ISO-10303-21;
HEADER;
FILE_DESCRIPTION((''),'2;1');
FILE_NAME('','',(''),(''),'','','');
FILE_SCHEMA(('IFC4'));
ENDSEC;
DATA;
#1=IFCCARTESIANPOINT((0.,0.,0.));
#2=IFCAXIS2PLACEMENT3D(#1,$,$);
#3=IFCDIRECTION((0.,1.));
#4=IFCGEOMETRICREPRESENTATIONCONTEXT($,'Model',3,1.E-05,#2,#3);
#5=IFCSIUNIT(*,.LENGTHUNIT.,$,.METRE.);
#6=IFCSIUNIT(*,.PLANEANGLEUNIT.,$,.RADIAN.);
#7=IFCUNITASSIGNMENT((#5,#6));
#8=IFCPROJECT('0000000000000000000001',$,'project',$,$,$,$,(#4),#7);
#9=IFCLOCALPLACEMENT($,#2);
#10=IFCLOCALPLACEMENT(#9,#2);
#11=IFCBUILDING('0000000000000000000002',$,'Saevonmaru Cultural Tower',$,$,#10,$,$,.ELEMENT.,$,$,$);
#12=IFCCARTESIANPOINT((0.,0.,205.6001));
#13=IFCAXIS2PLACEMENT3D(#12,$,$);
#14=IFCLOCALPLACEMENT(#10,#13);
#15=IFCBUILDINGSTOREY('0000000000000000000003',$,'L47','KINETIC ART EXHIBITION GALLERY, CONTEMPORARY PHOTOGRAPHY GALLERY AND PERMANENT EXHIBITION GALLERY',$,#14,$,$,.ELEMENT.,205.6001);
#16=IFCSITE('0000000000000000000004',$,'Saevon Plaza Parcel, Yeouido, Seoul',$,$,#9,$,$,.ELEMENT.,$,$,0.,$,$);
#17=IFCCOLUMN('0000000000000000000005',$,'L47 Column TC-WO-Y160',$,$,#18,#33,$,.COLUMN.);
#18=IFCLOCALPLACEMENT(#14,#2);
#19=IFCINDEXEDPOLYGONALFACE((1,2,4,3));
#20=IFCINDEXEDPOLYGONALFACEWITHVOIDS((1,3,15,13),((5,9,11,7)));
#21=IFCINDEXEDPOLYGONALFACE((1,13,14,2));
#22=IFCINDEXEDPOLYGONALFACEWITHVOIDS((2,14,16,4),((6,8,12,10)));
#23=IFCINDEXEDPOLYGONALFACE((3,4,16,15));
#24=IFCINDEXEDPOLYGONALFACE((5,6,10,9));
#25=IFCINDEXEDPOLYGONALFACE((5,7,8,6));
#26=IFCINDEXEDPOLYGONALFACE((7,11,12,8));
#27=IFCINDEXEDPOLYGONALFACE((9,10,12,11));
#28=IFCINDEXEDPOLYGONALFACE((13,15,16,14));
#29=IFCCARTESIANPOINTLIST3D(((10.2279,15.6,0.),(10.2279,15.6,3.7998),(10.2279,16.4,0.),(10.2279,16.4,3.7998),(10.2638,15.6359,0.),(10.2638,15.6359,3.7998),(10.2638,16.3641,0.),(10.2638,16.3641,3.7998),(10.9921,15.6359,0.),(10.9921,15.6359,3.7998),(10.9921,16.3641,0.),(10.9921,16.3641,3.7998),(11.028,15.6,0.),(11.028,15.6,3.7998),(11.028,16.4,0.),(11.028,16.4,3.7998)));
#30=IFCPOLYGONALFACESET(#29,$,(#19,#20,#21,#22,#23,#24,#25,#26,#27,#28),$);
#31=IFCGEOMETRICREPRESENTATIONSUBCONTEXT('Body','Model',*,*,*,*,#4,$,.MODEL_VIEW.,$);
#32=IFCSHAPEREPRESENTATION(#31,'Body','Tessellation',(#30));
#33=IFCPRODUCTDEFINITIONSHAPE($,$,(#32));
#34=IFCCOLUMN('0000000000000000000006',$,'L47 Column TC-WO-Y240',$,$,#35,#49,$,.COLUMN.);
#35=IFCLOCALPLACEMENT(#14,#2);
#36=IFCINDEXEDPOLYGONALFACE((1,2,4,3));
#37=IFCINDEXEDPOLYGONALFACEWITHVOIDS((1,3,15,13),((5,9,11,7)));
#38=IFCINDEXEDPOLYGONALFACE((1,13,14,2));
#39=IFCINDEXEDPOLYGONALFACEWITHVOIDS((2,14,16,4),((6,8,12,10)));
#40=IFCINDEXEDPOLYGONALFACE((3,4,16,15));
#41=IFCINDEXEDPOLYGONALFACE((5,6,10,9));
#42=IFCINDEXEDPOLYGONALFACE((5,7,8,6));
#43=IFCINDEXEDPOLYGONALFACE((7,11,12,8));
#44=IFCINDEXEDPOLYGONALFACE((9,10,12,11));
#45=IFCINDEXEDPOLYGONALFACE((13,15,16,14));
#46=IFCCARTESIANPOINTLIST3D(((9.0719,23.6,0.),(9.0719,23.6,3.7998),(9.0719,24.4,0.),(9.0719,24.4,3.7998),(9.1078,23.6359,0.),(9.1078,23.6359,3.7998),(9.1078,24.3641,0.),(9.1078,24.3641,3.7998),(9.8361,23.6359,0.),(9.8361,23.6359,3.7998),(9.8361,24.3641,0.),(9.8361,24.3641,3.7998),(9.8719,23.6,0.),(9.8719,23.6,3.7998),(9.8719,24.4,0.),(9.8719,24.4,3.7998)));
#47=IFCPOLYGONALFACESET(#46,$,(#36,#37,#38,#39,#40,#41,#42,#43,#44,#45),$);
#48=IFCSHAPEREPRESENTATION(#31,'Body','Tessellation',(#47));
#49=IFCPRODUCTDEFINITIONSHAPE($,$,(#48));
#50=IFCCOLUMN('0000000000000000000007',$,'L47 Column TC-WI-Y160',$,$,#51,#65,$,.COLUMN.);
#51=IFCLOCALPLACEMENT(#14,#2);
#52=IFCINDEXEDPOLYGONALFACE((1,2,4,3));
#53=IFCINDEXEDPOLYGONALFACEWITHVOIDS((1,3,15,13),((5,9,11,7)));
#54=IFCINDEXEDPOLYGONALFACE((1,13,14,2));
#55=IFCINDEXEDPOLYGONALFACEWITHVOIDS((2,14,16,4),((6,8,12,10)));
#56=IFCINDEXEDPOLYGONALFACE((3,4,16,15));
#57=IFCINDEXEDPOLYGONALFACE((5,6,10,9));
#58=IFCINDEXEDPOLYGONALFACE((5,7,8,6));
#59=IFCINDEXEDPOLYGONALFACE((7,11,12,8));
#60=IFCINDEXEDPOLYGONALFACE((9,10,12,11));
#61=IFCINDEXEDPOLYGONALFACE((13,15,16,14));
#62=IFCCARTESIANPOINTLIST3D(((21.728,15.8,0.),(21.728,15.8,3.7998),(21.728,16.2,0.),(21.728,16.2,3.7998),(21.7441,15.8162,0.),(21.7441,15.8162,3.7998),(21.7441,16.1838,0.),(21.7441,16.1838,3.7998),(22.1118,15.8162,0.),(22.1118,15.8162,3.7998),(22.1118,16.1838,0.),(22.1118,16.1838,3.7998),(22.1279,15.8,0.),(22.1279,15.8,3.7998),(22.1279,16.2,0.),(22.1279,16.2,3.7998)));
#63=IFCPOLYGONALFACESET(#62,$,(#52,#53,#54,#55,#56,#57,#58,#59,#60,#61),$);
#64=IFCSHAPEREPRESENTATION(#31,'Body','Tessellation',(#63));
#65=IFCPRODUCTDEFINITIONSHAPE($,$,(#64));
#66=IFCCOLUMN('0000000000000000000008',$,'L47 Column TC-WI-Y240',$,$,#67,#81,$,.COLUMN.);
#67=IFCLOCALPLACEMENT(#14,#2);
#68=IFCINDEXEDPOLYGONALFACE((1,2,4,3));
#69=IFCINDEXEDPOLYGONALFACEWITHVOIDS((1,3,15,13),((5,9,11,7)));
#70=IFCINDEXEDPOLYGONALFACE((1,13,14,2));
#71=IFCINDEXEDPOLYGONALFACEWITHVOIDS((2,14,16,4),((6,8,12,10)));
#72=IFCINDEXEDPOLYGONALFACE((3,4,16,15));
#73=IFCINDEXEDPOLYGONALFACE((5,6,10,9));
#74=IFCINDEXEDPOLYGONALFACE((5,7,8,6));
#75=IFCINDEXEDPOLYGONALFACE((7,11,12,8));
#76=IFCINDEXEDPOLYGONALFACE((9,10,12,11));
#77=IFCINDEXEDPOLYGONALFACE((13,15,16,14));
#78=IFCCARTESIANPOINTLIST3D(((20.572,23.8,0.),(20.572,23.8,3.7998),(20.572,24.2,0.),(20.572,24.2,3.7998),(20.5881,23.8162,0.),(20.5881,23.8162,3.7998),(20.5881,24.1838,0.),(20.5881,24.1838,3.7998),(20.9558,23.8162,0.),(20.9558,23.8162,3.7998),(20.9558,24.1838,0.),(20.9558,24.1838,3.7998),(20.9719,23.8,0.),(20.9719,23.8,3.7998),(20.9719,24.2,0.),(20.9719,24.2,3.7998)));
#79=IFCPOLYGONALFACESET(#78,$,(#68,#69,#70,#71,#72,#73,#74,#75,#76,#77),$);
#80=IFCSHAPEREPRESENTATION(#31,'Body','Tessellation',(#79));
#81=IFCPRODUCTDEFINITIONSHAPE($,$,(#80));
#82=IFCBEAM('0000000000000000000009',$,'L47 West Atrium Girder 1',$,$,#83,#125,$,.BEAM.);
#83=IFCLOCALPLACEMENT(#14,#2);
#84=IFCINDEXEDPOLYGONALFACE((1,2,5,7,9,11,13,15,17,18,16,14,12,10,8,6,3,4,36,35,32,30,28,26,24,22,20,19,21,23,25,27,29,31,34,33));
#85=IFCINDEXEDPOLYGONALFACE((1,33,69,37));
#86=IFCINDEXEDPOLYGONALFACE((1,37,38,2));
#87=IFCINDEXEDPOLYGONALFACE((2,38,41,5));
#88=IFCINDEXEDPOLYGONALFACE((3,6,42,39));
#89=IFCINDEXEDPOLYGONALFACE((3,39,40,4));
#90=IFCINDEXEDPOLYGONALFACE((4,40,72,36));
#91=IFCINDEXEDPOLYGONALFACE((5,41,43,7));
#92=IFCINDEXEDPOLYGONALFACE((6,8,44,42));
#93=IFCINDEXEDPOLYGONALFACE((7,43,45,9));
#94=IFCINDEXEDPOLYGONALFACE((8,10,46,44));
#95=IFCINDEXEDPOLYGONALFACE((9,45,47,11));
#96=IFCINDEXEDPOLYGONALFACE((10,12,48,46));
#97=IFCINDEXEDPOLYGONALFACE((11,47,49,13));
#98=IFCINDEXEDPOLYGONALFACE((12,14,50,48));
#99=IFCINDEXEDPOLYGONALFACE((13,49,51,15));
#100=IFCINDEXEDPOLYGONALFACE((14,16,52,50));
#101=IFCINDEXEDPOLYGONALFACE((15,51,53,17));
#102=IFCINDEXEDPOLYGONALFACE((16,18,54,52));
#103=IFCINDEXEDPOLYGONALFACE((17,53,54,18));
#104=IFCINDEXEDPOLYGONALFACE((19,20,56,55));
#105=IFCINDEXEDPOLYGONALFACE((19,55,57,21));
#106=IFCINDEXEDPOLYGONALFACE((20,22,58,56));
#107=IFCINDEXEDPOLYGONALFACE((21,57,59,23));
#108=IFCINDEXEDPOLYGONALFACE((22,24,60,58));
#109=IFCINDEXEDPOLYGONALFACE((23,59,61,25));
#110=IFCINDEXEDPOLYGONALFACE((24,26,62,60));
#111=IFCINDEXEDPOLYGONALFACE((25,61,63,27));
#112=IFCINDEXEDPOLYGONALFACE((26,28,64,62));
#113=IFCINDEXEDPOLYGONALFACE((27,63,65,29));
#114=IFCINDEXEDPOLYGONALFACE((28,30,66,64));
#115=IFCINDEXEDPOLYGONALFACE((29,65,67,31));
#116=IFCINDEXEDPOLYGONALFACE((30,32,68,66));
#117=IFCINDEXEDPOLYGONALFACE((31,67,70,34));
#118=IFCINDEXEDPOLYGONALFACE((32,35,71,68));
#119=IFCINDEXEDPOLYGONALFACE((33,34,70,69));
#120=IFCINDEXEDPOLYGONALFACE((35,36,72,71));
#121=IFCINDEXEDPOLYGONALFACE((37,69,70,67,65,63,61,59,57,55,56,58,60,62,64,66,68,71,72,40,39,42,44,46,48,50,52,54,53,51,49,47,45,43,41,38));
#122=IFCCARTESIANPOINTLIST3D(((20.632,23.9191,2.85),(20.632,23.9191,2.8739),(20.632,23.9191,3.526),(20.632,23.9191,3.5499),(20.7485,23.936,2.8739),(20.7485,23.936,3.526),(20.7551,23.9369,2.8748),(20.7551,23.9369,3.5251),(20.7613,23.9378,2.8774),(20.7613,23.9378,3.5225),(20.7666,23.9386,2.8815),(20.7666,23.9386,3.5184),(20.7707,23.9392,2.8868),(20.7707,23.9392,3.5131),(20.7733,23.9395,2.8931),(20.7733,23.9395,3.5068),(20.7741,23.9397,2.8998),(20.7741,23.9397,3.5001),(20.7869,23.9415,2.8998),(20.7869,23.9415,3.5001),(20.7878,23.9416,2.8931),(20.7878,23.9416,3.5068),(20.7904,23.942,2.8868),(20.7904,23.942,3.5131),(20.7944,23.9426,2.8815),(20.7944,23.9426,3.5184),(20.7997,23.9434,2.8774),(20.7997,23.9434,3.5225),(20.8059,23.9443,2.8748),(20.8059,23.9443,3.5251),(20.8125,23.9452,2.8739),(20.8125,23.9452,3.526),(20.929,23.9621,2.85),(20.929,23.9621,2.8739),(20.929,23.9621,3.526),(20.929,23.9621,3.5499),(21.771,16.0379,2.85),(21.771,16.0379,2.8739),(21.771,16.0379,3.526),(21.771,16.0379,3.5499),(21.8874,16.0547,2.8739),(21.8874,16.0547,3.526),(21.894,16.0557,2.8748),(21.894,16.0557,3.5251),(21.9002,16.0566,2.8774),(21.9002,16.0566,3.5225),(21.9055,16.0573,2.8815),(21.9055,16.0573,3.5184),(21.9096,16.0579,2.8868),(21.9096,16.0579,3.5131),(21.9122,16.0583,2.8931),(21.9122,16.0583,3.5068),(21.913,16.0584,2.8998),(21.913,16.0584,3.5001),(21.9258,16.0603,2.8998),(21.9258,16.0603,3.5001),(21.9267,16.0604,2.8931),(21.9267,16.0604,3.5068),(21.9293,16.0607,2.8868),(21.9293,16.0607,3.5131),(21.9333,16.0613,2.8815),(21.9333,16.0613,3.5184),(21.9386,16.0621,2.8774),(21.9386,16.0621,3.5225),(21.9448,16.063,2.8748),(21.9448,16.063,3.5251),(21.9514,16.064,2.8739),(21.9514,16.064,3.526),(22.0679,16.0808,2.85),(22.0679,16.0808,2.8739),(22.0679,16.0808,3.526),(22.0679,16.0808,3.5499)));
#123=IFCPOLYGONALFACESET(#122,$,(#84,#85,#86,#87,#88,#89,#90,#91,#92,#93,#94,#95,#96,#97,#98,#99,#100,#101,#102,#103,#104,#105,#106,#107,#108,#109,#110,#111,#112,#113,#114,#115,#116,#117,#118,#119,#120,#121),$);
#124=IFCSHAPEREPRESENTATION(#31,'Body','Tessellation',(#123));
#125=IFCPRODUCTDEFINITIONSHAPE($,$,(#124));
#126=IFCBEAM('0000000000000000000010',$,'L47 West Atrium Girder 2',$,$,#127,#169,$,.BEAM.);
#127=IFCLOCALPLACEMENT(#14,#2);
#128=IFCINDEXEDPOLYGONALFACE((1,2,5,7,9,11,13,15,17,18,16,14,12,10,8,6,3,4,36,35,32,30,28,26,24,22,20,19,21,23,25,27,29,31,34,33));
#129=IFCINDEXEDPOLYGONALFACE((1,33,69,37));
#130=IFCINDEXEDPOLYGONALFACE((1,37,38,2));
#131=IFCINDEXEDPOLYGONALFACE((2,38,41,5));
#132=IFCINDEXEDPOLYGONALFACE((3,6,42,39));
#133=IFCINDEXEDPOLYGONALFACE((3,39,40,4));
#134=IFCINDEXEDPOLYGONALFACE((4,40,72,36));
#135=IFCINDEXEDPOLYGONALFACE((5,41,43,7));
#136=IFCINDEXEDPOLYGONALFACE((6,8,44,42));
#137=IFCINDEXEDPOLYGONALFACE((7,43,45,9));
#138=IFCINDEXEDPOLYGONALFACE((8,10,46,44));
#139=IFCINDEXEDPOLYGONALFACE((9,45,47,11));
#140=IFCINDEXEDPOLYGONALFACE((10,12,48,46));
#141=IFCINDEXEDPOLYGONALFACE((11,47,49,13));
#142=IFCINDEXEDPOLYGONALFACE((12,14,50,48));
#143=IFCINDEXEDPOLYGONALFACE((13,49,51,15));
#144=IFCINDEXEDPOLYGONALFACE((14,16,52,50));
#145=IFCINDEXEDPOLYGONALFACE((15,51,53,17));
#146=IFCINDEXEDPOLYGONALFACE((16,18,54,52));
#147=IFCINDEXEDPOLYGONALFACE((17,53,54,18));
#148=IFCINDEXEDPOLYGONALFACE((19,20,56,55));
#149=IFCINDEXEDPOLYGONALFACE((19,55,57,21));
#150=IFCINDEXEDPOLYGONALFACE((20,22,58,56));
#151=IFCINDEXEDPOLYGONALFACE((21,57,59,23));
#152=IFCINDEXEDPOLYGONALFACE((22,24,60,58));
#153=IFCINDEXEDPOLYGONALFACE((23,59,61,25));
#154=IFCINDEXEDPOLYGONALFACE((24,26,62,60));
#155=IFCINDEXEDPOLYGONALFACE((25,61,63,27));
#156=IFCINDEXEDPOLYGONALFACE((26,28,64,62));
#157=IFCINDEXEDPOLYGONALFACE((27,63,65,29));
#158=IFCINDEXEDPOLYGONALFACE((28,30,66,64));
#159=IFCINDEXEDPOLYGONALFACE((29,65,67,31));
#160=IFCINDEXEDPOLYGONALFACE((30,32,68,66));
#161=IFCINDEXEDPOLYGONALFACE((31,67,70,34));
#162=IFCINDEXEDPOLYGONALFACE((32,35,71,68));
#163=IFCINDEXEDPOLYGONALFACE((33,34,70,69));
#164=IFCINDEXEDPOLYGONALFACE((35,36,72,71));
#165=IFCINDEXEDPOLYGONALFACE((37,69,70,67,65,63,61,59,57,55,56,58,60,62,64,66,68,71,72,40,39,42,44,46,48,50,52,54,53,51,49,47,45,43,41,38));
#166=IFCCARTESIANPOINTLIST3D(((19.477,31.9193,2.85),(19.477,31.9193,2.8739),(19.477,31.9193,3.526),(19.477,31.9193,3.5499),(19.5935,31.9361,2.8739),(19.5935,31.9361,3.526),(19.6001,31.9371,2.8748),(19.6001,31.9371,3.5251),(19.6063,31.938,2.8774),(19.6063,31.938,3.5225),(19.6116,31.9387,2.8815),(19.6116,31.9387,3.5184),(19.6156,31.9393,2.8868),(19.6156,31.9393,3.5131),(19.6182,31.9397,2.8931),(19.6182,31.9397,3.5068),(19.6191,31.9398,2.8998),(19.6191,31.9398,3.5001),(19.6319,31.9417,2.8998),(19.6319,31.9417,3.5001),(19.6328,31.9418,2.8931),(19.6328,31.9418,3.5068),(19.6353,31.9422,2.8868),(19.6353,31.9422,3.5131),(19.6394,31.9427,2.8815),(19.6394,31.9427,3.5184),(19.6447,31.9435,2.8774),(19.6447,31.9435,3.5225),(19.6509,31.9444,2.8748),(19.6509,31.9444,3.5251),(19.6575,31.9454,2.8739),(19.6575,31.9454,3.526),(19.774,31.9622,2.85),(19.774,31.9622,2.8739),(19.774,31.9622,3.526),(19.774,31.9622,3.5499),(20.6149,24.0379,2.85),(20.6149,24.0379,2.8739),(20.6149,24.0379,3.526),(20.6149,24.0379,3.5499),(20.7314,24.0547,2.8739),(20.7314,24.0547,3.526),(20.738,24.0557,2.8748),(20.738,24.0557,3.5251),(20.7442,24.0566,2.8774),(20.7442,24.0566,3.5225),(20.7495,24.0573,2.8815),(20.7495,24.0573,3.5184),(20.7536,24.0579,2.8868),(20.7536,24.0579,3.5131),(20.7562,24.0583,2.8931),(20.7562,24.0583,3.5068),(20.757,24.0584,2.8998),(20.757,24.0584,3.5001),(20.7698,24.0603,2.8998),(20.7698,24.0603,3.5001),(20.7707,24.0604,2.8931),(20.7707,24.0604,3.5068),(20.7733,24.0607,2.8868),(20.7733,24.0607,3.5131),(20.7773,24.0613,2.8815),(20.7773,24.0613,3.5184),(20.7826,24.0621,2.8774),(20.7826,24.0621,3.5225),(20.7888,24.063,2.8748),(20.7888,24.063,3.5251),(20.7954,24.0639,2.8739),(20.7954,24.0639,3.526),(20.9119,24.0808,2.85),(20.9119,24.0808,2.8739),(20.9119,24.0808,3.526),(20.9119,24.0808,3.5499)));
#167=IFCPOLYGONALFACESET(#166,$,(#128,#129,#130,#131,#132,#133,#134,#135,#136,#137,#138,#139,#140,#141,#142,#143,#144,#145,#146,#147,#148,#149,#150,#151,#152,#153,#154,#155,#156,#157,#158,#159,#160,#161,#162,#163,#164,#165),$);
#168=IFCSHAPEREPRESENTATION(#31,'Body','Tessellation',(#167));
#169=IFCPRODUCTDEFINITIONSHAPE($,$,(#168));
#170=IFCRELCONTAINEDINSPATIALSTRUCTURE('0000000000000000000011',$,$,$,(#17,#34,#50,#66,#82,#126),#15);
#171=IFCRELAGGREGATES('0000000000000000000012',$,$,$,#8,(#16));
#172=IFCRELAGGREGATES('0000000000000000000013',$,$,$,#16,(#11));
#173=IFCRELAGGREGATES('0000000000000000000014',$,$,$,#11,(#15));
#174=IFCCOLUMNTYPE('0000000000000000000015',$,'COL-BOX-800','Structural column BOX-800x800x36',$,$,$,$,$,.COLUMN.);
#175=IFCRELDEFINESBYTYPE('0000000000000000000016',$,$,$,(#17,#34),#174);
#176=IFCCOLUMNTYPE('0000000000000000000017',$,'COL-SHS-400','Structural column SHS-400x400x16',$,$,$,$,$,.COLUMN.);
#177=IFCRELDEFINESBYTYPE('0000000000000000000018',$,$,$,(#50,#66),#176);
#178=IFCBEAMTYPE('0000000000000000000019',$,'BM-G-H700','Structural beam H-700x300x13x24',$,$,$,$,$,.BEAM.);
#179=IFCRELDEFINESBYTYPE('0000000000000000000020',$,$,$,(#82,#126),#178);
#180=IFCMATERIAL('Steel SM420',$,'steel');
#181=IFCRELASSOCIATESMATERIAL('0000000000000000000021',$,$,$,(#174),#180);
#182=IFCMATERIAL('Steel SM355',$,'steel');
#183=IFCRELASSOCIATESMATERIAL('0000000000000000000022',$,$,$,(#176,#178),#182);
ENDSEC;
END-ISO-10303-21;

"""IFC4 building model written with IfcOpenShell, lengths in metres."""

from ifc_helpers import new_model, si_unit, direction, frame, origin, origin_2d, place, context, subcontext, project, spatial, hollow_rectangle, i_section, extrude, material, material_profile, profile_set, type_object, element, save


model = new_model("IFC4")

# Units and contexts
model_context = context("Model", 3, precision=1e-05, world=origin(), true_north=direction((0.0, 1.0)))
body_context = subcontext(model_context, "Body", "Model", "MODEL_VIEW")
ifc_project = project(units=[si_unit("LENGTHUNIT", "METRE"), si_unit("PLANEANGLEUNIT", "RADIAN")], contexts=[model_context])

# Site, building, storey
site_placement = place(None, origin())
site = spatial("IfcSite", under=ifc_project, at=site_placement, Name="Saevon Plaza Parcel, Yeouido, Seoul", CompositionType="ELEMENT", RefElevation=0.0)
building_placement = place(site_placement, origin())
building = spatial("IfcBuilding", under=site, at=building_placement, Name="Saevonmaru Cultural Tower", CompositionType="ELEMENT")
storey_placement = place(building_placement, frame((0.0, 0.0, 205.6001)))
storey = spatial("IfcBuildingStorey", under=building, at=storey_placement, Name="L47", Description="KINETIC ART EXHIBITION GALLERY, CONTEMPORARY PHOTOGRAPHY GALLERY AND PERMANENT EXHIBITION GALLERY", CompositionType="ELEMENT", Elevation=205.6001)

# Columns
ifc_material_1 = material(Name="Steel SM420", Category="steel")
ifc_material_profile_1 = material_profile(ifc_material_1, hollow_rectangle(XDim=0.8, YDim=0.8, WallThickness=0.0359, at=origin_2d()), Name="BOX-800x800x36")
ifc_profile_set_1 = profile_set([ifc_material_profile_1], Name="Steel SM420")
column_type_1 = type_object("IfcColumnType", Name="COL-BOX-800", Description="Structural column BOX-800x800x36", PredefinedType="COLUMN", material=ifc_profile_set_1)
for number, where, z_axis, x_axis, name in (
    (1, (10.6279, 16.0, 0.0), (0.0, 0.0, 1.0), (1.0, 0.0, 0.0), "L47 Column TC-WO-Y160"),
    (2, (9.4719, 24.0, 0.0), (0.0, 0.0, 1.0), (1.0, 0.0, 0.0), "L47 Column TC-WO-Y240"),
):
    element("IfcColumn", number, at=place(storey_placement, frame(where, z_axis=z_axis, x_axis=x_axis)), inside=storey, type_object=column_type_1, Name=name, PredefinedType="COLUMN", context=body_context, shape_type="SweptSolid", body=[
        extrude(hollow_rectangle(XDim=0.8, YDim=0.8, WallThickness=0.0359, at=origin_2d()), origin(), (0.0, 0.0, 1.0), 3.7998),
    ])
ifc_material_2 = material(Name="Steel SM355", Category="steel")
ifc_material_profile_2 = material_profile(ifc_material_2, hollow_rectangle(XDim=0.3999, YDim=0.3999, WallThickness=0.0161, at=origin_2d()), Name="SHS-400x400x16")
ifc_profile_set_2 = profile_set([ifc_material_profile_2], Name="Steel SM355")
column_type_2 = type_object("IfcColumnType", Name="COL-SHS-400", Description="Structural column SHS-400x400x16", PredefinedType="COLUMN", material=ifc_profile_set_2)
for number, where, z_axis, x_axis, name in (
    (3, (21.928, 16.0, 0.0), (0.0, 0.0, 1.0), (1.0, 0.0, 0.0), "L47 Column TC-WI-Y160"),
    (4, (20.772, 24.0, 0.0), (0.0, 0.0, 1.0), (1.0, 0.0, 0.0), "L47 Column TC-WI-Y240"),
):
    element("IfcColumn", number, at=place(storey_placement, frame(where, z_axis=z_axis, x_axis=x_axis)), inside=storey, type_object=column_type_2, Name=name, PredefinedType="COLUMN", context=body_context, shape_type="SweptSolid", body=[
        extrude(hollow_rectangle(XDim=0.3999, YDim=0.3999, WallThickness=0.0161, at=origin_2d()), origin(), (0.0, 0.0, 1.0), 3.7998),
    ])

# Beams
ifc_material_profile_3 = material_profile(ifc_material_2, i_section(OverallWidth=0.3, OverallDepth=0.7, WebThickness=0.0129, FlangeThickness=0.0239, FilletRadius=0.0259, at=origin_2d()), Name="H-700x300x13x24")
ifc_profile_set_3 = profile_set([ifc_material_profile_3], Name="Steel SM355")
beam_type_1 = type_object("IfcBeamType", Name="BM-G-H700", Description="Structural beam H-700x300x13x24", PredefinedType="BEAM", material=ifc_profile_set_3)
for number, where, z_axis, x_axis, name in (
    (5, (21.9194, 16.0593, 3.2), (-0.143022, 0.989719, 0.0), (-0.989719, -0.143022, 0.0), "L47 West Atrium Girder 1"),
    (6, (20.7634, 24.0593, 3.2), (-0.142902, 0.989737, 0.0), (-0.989737, -0.142902, 0.0), "L47 West Atrium Girder 2"),
):
    element("IfcBeam", number, at=place(storey_placement, frame(where, z_axis=z_axis, x_axis=x_axis)), inside=storey, type_object=beam_type_1, Name=name, PredefinedType="BEAM", context=body_context, shape_type="SweptSolid", body=[
        extrude(i_section(OverallWidth=0.3, OverallDepth=0.7, WebThickness=0.0129, FlangeThickness=0.0239, FilletRadius=0.0259, at=origin_2d()), origin(), (0.0, 0.0, 1.0), 7.9631),
    ])

save(model, "model.ifc")
